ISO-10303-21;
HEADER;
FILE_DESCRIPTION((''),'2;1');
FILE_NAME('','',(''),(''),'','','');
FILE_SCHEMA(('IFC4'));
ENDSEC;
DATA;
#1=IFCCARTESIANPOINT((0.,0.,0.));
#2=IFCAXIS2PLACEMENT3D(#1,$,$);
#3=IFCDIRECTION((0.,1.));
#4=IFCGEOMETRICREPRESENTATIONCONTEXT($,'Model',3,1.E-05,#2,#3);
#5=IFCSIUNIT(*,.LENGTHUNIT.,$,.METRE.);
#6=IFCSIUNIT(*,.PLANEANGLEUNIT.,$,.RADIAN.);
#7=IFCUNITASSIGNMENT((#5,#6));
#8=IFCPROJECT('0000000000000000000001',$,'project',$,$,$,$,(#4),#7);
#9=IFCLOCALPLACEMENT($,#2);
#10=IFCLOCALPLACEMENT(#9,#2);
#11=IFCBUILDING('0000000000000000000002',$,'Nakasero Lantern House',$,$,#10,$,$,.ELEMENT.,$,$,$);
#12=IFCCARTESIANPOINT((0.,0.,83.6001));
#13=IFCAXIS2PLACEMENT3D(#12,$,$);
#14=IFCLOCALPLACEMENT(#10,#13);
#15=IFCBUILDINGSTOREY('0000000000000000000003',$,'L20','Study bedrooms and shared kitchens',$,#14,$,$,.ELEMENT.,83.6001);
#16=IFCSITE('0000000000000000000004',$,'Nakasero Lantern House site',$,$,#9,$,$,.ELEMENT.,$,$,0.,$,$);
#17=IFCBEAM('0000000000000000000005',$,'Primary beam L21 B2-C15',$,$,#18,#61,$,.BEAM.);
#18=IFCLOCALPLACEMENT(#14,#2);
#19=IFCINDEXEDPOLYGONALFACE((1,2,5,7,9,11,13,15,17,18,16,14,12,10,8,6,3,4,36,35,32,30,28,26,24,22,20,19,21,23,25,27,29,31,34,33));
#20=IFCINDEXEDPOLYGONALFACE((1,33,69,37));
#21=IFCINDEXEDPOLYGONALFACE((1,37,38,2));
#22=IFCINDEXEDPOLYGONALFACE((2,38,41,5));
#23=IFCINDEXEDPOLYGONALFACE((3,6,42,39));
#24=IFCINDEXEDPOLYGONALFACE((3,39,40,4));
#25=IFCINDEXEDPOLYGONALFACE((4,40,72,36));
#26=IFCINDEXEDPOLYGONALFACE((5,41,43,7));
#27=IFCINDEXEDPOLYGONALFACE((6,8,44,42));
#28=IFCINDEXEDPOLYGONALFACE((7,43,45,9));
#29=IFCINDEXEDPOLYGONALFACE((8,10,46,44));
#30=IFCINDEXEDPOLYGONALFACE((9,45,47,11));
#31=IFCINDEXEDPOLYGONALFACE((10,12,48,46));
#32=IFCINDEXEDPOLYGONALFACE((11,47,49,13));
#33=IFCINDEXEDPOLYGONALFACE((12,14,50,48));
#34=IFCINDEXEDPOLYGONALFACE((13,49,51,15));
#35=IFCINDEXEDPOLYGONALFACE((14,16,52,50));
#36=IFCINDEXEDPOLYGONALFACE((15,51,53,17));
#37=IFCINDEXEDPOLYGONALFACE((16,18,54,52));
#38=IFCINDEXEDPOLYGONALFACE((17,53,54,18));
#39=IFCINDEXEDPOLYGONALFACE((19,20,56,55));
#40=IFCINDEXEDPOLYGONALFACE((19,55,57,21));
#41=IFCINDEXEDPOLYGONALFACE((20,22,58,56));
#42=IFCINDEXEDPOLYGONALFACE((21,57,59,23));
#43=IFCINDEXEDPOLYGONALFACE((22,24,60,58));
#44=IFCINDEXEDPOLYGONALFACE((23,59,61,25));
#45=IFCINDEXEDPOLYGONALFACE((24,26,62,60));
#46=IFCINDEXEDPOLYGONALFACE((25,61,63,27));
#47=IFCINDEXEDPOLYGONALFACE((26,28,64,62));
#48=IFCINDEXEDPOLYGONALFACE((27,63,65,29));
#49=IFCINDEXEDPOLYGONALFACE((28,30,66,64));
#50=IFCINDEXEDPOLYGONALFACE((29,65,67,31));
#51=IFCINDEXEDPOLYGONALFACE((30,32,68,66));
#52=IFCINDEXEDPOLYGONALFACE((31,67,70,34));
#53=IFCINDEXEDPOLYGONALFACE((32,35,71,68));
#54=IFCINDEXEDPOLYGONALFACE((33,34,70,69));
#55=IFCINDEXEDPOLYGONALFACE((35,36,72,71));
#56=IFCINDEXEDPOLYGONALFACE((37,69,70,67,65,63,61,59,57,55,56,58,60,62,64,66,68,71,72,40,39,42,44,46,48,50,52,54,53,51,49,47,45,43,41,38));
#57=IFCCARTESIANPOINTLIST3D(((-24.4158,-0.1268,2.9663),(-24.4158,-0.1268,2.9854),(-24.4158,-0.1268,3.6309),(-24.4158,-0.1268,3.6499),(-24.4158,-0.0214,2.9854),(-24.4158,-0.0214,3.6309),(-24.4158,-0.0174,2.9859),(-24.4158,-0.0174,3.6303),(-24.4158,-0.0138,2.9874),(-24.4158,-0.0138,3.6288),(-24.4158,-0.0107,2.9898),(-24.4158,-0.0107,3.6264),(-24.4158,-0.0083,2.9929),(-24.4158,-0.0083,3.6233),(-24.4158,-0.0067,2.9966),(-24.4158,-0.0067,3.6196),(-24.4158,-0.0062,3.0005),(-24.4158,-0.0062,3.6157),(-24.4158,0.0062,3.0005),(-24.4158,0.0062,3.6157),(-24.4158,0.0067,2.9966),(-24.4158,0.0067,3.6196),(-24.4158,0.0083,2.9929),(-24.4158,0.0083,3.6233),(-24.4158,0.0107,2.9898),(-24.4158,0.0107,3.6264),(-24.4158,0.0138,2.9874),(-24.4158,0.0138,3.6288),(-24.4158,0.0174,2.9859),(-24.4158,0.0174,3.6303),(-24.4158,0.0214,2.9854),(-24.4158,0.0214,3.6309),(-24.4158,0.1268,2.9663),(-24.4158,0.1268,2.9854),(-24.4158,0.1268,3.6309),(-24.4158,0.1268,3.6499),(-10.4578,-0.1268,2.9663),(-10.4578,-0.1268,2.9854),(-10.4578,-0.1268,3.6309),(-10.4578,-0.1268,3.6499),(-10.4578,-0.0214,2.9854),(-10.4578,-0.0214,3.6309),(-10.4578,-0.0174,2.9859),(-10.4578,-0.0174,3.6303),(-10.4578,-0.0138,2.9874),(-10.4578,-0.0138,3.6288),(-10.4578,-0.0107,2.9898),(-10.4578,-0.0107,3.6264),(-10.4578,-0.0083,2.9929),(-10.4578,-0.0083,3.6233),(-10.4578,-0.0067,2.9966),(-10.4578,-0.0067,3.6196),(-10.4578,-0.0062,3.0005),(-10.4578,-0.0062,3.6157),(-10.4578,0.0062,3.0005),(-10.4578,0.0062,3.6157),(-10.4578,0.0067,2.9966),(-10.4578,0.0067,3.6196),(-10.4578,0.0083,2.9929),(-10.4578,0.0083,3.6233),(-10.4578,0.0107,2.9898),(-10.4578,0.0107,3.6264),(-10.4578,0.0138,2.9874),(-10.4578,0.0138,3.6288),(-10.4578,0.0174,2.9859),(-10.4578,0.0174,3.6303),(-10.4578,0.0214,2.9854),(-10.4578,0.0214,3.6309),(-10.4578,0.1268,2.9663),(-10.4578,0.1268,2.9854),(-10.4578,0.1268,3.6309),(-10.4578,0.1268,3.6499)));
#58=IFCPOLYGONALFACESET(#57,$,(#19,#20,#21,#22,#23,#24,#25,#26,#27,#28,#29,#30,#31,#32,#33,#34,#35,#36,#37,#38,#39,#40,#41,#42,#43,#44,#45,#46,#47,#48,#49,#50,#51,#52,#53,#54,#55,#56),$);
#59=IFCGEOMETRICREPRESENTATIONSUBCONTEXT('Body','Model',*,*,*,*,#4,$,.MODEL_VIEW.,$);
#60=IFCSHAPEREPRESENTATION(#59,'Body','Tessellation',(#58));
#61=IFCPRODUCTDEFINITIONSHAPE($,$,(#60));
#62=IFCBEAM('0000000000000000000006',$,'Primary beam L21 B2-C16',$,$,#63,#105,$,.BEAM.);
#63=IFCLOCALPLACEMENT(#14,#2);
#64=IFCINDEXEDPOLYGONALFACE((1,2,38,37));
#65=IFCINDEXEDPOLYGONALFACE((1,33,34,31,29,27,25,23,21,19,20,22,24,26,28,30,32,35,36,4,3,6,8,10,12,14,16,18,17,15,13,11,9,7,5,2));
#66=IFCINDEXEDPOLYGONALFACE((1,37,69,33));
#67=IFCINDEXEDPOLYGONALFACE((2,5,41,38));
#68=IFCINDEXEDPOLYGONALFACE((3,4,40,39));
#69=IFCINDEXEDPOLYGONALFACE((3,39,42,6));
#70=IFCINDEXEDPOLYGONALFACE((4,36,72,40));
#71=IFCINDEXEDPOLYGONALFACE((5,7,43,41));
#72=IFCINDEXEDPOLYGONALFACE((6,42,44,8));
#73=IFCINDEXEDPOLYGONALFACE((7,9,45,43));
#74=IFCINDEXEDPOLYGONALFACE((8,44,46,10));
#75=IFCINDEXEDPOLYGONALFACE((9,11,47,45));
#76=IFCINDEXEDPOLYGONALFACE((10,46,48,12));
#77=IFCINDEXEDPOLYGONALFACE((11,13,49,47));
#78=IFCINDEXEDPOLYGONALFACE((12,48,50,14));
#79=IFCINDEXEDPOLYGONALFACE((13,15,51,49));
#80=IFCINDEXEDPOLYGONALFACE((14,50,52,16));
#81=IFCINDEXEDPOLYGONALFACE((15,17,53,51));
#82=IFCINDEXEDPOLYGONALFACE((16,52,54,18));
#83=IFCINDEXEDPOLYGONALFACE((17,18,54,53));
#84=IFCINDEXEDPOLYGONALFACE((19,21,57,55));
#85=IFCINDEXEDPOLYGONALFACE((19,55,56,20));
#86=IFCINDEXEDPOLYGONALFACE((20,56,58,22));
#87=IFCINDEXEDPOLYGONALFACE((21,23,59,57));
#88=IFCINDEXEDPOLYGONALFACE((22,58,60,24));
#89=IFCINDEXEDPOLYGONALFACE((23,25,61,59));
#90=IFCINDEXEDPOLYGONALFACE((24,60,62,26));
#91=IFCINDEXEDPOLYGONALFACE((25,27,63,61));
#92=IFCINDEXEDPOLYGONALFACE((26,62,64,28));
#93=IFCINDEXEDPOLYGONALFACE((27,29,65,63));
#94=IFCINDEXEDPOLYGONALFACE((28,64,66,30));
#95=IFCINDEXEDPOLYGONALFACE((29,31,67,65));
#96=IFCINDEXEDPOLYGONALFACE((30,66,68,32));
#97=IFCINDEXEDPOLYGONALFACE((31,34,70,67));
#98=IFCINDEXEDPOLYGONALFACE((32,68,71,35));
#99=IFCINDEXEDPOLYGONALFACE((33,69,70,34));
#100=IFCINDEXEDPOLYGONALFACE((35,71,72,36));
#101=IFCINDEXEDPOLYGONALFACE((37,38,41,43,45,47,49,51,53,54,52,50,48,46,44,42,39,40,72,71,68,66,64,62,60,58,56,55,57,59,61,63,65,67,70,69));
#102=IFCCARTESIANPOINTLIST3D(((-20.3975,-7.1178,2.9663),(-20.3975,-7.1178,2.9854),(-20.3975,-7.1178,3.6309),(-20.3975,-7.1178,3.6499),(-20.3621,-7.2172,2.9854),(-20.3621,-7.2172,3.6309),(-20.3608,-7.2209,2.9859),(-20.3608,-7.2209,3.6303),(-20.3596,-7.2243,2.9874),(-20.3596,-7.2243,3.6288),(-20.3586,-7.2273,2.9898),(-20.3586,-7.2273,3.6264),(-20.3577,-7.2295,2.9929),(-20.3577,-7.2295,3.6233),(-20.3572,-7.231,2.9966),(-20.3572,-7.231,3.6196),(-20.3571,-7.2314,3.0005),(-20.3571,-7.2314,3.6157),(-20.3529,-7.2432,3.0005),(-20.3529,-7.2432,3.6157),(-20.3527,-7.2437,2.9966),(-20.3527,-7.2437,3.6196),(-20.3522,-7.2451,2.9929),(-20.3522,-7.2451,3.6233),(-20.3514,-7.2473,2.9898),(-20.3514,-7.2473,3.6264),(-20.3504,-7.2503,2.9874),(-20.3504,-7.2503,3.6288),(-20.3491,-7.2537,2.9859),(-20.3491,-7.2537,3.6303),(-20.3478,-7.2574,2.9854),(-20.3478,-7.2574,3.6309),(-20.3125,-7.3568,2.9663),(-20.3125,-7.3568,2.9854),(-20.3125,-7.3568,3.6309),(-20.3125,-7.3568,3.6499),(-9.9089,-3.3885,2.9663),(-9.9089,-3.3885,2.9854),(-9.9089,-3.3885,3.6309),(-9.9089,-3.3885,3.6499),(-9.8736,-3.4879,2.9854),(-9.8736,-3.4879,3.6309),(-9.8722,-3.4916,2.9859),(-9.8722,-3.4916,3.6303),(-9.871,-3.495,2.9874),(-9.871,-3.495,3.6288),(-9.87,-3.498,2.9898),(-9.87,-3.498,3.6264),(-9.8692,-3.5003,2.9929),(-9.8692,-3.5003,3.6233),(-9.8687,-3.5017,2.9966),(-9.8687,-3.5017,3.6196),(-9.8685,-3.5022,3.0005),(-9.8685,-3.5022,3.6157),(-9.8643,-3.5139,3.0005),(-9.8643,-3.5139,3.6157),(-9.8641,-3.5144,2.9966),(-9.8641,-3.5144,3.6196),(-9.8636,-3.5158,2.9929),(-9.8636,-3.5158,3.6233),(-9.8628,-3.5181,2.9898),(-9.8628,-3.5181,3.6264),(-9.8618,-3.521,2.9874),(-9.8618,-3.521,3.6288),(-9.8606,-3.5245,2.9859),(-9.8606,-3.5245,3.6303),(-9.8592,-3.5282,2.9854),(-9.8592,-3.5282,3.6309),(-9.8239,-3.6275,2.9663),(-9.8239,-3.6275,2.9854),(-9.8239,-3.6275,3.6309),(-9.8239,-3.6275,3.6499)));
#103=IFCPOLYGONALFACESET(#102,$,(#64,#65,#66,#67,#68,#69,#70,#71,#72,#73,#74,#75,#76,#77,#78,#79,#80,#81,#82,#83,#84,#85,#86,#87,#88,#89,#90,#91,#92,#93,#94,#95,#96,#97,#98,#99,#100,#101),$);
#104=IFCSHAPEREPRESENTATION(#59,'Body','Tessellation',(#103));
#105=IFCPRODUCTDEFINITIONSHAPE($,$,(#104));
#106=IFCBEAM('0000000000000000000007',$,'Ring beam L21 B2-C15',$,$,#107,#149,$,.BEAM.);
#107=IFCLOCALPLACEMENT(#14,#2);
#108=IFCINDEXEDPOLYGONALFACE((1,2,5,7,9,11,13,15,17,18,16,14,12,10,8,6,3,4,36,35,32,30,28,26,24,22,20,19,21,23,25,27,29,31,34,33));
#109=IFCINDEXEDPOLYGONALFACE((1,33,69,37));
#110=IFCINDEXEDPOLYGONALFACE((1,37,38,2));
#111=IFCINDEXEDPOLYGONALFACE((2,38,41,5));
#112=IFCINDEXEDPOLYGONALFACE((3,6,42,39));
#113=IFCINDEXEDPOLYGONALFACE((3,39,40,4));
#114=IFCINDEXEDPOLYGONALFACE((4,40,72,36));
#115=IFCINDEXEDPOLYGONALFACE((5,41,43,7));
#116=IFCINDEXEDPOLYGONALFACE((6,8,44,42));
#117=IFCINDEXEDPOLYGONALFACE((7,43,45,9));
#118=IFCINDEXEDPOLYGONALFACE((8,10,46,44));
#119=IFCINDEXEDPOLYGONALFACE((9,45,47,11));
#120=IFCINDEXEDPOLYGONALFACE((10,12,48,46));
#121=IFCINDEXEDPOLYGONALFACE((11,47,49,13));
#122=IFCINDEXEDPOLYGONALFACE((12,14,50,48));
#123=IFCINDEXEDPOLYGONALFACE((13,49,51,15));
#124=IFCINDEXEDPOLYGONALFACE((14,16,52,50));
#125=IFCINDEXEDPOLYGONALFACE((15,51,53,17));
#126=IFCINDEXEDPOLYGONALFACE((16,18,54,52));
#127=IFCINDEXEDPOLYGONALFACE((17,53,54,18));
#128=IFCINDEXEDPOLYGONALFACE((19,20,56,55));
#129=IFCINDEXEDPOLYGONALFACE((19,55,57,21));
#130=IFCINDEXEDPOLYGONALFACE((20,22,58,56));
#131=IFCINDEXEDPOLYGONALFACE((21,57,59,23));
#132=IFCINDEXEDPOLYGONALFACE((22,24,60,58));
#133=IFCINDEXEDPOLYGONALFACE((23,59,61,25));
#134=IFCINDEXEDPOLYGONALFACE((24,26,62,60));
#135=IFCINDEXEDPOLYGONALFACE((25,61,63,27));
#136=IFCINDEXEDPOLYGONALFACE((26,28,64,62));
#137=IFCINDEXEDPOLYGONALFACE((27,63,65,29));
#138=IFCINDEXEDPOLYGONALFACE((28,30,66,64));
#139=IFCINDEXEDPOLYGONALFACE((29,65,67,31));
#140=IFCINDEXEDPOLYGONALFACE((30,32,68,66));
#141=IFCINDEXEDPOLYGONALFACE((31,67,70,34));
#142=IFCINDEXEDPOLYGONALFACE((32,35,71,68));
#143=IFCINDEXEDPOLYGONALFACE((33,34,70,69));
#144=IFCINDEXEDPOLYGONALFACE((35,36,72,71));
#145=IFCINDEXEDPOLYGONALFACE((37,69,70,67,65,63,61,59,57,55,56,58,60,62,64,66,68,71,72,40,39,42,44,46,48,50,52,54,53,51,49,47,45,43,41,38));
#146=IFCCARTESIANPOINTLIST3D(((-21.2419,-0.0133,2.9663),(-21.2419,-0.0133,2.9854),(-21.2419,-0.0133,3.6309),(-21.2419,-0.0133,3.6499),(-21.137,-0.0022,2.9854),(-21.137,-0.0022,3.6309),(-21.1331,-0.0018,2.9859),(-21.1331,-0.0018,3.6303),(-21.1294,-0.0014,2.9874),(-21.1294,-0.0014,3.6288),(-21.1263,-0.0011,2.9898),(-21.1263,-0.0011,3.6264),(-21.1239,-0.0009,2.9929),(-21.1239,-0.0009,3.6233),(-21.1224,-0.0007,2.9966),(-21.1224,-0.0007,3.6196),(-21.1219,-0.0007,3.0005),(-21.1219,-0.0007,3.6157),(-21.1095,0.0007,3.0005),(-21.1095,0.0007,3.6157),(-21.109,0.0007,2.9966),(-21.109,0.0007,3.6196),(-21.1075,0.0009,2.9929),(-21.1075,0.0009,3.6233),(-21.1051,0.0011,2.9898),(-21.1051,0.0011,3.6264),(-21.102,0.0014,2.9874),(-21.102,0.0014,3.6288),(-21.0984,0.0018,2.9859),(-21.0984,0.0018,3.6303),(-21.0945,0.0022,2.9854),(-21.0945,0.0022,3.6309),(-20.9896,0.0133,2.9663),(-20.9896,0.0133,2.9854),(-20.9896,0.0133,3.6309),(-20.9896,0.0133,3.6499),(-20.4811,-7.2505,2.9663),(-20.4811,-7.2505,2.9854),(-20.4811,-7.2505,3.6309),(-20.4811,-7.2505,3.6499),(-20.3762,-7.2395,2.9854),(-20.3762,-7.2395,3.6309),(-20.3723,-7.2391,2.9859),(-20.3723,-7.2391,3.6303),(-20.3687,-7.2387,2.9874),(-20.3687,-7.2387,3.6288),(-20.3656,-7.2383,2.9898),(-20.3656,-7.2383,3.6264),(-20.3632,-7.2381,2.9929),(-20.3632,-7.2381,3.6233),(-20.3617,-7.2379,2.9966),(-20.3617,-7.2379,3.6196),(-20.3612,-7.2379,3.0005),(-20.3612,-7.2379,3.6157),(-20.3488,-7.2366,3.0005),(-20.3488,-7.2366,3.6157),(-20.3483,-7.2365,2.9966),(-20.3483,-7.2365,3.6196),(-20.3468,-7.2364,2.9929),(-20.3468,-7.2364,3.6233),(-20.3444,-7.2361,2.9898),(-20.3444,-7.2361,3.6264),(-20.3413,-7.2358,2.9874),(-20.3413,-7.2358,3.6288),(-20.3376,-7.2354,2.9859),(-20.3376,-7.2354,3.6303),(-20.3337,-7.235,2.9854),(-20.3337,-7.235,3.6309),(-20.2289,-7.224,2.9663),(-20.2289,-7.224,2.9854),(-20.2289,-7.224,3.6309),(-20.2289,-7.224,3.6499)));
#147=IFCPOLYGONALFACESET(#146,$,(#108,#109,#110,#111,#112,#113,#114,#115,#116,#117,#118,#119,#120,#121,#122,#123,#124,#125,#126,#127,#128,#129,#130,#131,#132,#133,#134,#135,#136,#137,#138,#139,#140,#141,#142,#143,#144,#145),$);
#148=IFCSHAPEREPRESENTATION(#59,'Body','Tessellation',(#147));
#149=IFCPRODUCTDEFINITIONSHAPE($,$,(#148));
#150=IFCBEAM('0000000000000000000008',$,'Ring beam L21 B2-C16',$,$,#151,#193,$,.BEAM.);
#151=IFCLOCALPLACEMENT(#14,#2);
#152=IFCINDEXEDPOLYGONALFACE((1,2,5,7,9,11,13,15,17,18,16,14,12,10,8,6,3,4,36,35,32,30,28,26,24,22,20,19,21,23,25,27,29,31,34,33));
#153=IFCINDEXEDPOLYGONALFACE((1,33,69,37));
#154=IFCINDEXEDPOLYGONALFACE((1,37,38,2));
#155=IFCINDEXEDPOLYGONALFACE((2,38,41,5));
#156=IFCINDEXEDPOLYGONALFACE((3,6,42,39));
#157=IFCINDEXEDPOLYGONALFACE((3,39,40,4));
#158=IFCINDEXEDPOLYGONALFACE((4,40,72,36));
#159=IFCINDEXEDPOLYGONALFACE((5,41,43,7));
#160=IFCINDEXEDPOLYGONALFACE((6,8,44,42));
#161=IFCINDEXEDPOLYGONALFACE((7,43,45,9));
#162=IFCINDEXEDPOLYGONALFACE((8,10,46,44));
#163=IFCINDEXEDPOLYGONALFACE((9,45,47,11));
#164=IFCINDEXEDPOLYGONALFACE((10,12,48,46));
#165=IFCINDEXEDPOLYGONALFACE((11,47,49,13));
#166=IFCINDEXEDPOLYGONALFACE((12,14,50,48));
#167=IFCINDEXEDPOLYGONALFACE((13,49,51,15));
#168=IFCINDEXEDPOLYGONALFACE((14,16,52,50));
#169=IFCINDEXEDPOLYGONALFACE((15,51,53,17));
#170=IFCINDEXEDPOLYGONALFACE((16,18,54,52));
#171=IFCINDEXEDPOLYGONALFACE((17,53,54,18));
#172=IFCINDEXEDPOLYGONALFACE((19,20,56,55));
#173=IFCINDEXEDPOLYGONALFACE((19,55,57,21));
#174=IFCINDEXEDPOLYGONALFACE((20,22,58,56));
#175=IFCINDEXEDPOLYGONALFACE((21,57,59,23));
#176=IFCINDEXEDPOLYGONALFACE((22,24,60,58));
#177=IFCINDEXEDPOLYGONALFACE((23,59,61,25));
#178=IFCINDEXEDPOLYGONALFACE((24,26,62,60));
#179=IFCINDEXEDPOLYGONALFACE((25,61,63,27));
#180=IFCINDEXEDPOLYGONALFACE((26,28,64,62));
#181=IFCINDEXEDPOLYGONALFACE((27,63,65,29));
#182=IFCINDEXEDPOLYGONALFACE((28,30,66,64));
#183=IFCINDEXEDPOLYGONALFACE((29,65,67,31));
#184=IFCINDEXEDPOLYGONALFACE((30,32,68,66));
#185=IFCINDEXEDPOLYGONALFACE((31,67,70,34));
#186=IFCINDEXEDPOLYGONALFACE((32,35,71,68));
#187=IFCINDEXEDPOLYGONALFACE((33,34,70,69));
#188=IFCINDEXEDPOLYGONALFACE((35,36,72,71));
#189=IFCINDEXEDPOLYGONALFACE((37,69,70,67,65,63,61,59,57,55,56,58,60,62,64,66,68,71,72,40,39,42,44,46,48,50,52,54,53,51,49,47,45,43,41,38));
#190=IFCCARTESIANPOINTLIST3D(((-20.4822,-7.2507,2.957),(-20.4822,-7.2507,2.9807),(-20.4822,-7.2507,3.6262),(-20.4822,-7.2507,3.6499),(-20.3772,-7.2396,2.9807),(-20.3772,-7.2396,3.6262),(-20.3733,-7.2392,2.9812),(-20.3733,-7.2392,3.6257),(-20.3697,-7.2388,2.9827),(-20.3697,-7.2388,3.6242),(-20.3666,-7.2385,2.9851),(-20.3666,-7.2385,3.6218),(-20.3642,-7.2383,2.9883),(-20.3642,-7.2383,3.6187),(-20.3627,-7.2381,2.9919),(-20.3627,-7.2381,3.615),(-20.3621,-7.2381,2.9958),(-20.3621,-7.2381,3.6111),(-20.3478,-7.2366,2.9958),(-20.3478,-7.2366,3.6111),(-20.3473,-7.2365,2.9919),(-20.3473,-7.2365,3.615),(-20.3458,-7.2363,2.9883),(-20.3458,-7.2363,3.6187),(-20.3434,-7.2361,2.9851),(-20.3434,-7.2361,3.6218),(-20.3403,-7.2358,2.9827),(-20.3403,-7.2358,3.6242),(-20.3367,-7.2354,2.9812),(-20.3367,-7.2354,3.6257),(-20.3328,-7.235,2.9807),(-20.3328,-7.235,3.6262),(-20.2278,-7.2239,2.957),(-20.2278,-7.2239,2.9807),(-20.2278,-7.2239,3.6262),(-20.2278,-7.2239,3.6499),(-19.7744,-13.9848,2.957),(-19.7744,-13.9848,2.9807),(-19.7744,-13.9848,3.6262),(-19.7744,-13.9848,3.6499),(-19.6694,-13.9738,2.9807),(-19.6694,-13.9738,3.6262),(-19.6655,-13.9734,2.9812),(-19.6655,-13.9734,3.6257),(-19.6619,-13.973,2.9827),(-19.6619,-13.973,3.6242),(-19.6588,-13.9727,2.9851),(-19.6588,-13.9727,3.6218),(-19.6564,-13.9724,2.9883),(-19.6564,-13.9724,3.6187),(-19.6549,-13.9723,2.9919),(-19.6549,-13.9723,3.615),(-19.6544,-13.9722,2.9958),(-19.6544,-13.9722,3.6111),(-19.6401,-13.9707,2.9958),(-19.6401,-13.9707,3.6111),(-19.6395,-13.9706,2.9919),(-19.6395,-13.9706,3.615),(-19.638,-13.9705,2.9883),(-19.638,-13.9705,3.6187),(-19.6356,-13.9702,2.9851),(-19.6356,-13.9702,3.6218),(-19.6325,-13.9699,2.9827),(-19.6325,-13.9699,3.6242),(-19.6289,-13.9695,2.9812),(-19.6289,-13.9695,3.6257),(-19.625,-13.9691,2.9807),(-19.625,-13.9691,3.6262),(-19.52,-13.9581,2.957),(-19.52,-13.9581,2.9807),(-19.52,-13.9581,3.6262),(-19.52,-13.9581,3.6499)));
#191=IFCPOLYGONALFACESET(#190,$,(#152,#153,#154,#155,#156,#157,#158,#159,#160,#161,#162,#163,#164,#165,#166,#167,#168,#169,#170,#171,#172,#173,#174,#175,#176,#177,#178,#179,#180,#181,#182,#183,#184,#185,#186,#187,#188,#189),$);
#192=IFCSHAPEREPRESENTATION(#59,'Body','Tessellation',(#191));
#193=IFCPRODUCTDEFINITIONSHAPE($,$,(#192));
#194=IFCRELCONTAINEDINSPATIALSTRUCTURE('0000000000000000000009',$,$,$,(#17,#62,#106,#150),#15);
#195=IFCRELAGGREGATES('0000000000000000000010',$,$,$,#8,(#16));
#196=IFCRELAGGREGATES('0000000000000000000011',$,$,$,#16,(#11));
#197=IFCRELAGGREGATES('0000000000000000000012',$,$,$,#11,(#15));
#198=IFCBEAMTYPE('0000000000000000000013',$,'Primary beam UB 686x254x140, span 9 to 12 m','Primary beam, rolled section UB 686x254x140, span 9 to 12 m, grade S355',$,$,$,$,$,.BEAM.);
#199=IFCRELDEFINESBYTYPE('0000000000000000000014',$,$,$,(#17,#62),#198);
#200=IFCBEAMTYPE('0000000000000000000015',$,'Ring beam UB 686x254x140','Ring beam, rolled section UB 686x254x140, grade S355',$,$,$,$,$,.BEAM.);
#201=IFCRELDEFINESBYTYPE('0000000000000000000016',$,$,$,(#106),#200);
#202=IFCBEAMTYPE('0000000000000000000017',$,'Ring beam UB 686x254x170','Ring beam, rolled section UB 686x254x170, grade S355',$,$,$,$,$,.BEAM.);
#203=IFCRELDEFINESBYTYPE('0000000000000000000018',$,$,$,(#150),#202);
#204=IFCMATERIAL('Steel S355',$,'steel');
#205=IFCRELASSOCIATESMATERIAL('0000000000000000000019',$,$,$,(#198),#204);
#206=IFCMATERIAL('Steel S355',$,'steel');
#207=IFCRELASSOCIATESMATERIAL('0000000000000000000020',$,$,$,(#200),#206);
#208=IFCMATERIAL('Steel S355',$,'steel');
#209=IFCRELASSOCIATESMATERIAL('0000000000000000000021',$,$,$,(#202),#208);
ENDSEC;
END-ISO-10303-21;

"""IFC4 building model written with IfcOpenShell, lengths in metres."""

from ifc_helpers import new_model, si_unit, direction, frame, origin, origin_2d, place, context, subcontext, project, spatial, i_section, extrude, material, material_profile, profile_set, type_object, element, save


model = new_model("IFC4")

# Units and contexts
model_context = context("Model", 3, precision=1e-05, world=origin(), true_north=direction((0.0, 1.0)))
body_context = subcontext(model_context, "Body", "Model", "MODEL_VIEW")
ifc_project = project(units=[si_unit("LENGTHUNIT", "METRE"), si_unit("PLANEANGLEUNIT", "RADIAN")], contexts=[model_context])

# Site, building, storey
site_placement = place(None, origin())
site = spatial("IfcSite", under=ifc_project, at=site_placement, Name="Nakasero Lantern House site", CompositionType="ELEMENT", RefElevation=0.0)
building_placement = place(site_placement, origin())
building = spatial("IfcBuilding", under=site, at=building_placement, Name="Nakasero Lantern House", CompositionType="ELEMENT")
storey_placement = place(building_placement, frame((0.0, 0.0, 83.6001)))
storey = spatial("IfcBuildingStorey", under=building, at=storey_placement, Name="L20", Description="Study bedrooms and shared kitchens", CompositionType="ELEMENT", Elevation=83.6001)

# Beams
ifc_material_1 = material(Name="Steel S355", Category="steel")
ifc_material_profile_1 = material_profile(ifc_material_1, i_section(OverallWidth=0.2537, OverallDepth=0.6836, WebThickness=0.0125, FlangeThickness=0.019, FilletRadius=0.0151, at=origin_2d()), Name="UB 686x254x140")
ifc_profile_set_1 = profile_set([ifc_material_profile_1], Name="Steel S355")
beam_type_1 = type_object("IfcBeamType", Name="Primary beam UB 686x254x140, span 9 to 12 m", Description="Primary beam, rolled section UB 686x254x140, span 9 to 12 m, grade S355", PredefinedType="BEAM", material=ifc_profile_set_1)
beam_1_placement = place(storey_placement, frame((-24.4158, 0.0, 3.3081), z_axis=(1.0, 0.0, 0.0), x_axis=(0.0, 1.0, 0.0)))
element("IfcBeam", 1, at=beam_1_placement, inside=storey, type_object=beam_type_1, Name="Primary beam L21 B2-C15", PredefinedType="BEAM", context=body_context, shape_type="SweptSolid", body=[
    extrude(i_section(OverallWidth=0.2537, OverallDepth=0.6836, WebThickness=0.0125, FlangeThickness=0.019, FilletRadius=0.0151, at=origin_2d()), origin(), (0.0, 0.0, 1.0), 13.958),
])
beam_2_placement = place(storey_placement, frame((-20.355, -7.2373, 3.3081), z_axis=(0.942215, 0.335009, 0.0), x_axis=(-0.335009, 0.942215, 0.0)))
element("IfcBeam", 2, at=beam_2_placement, inside=storey, type_object=beam_type_1, Name="Primary beam L21 B2-C16", PredefinedType="BEAM", context=body_context, shape_type="SweptSolid", body=[
    extrude(i_section(OverallWidth=0.2537, OverallDepth=0.6836, WebThickness=0.0125, FlangeThickness=0.019, FilletRadius=0.0151, at=origin_2d()), origin(), (0.0, 0.0, 1.0), 11.1318),
])
ifc_material_2 = material(Name="Steel S355", Category="steel")
ifc_material_profile_2 = material_profile(ifc_material_2, i_section(OverallWidth=0.2537, OverallDepth=0.6836, WebThickness=0.0125, FlangeThickness=0.019, FilletRadius=0.0151, at=origin_2d()), Name="UB 686x254x140")
ifc_profile_set_2 = profile_set([ifc_material_profile_2], Name="Steel S355")
beam_type_2 = type_object("IfcBeamType", Name="Ring beam UB 686x254x140", Description="Ring beam, rolled section UB 686x254x140, grade S355", PredefinedType="BEAM", material=ifc_profile_set_2)
beam_3_placement = place(storey_placement, frame((-21.1157, 0.0, 3.3081), z_axis=(0.104538, -0.994521, 0.0), x_axis=(0.994521, 0.104538, 0.0)))
element("IfcBeam", 3, at=beam_3_placement, inside=storey, type_object=beam_type_2, Name="Ring beam L21 B2-C15", PredefinedType="BEAM", context=body_context, shape_type="SweptSolid", body=[
    extrude(i_section(OverallWidth=0.2537, OverallDepth=0.6836, WebThickness=0.0125, FlangeThickness=0.019, FilletRadius=0.0151, at=origin_2d()), origin(), (0.0, 0.0, 1.0), 7.2771),
])
ifc_material_3 = material(Name="Steel S355", Category="steel")
ifc_material_profile_3 = material_profile(ifc_material_3, i_section(OverallWidth=0.2559, OverallDepth=0.6929, WebThickness=0.0144, FlangeThickness=0.0237, FilletRadius=0.0151, at=origin_2d()), Name="UB 686x254x170")
ifc_profile_set_3 = profile_set([ifc_material_profile_3], Name="Steel S355")
beam_type_3 = type_object("IfcBeamType", Name="Ring beam UB 686x254x170", Description="Ring beam, rolled section UB 686x254x170, grade S355", PredefinedType="BEAM", material=ifc_profile_set_3)
beam_4_placement = place(storey_placement, frame((-20.355, -7.2373, 3.3035), z_axis=(0.104525, -0.994522, 0.0), x_axis=(0.994522, 0.104525, 0.0)))
element("IfcBeam", 4, at=beam_4_placement, inside=storey, type_object=beam_type_3, Name="Ring beam L21 B2-C16", PredefinedType="BEAM", context=body_context, shape_type="SweptSolid", body=[
    extrude(i_section(OverallWidth=0.2559, OverallDepth=0.6929, WebThickness=0.0144, FlangeThickness=0.0237, FilletRadius=0.0151, at=origin_2d()), origin(), (0.0, 0.0, 1.0), 6.7712),
])

save(model, "model.ifc")
